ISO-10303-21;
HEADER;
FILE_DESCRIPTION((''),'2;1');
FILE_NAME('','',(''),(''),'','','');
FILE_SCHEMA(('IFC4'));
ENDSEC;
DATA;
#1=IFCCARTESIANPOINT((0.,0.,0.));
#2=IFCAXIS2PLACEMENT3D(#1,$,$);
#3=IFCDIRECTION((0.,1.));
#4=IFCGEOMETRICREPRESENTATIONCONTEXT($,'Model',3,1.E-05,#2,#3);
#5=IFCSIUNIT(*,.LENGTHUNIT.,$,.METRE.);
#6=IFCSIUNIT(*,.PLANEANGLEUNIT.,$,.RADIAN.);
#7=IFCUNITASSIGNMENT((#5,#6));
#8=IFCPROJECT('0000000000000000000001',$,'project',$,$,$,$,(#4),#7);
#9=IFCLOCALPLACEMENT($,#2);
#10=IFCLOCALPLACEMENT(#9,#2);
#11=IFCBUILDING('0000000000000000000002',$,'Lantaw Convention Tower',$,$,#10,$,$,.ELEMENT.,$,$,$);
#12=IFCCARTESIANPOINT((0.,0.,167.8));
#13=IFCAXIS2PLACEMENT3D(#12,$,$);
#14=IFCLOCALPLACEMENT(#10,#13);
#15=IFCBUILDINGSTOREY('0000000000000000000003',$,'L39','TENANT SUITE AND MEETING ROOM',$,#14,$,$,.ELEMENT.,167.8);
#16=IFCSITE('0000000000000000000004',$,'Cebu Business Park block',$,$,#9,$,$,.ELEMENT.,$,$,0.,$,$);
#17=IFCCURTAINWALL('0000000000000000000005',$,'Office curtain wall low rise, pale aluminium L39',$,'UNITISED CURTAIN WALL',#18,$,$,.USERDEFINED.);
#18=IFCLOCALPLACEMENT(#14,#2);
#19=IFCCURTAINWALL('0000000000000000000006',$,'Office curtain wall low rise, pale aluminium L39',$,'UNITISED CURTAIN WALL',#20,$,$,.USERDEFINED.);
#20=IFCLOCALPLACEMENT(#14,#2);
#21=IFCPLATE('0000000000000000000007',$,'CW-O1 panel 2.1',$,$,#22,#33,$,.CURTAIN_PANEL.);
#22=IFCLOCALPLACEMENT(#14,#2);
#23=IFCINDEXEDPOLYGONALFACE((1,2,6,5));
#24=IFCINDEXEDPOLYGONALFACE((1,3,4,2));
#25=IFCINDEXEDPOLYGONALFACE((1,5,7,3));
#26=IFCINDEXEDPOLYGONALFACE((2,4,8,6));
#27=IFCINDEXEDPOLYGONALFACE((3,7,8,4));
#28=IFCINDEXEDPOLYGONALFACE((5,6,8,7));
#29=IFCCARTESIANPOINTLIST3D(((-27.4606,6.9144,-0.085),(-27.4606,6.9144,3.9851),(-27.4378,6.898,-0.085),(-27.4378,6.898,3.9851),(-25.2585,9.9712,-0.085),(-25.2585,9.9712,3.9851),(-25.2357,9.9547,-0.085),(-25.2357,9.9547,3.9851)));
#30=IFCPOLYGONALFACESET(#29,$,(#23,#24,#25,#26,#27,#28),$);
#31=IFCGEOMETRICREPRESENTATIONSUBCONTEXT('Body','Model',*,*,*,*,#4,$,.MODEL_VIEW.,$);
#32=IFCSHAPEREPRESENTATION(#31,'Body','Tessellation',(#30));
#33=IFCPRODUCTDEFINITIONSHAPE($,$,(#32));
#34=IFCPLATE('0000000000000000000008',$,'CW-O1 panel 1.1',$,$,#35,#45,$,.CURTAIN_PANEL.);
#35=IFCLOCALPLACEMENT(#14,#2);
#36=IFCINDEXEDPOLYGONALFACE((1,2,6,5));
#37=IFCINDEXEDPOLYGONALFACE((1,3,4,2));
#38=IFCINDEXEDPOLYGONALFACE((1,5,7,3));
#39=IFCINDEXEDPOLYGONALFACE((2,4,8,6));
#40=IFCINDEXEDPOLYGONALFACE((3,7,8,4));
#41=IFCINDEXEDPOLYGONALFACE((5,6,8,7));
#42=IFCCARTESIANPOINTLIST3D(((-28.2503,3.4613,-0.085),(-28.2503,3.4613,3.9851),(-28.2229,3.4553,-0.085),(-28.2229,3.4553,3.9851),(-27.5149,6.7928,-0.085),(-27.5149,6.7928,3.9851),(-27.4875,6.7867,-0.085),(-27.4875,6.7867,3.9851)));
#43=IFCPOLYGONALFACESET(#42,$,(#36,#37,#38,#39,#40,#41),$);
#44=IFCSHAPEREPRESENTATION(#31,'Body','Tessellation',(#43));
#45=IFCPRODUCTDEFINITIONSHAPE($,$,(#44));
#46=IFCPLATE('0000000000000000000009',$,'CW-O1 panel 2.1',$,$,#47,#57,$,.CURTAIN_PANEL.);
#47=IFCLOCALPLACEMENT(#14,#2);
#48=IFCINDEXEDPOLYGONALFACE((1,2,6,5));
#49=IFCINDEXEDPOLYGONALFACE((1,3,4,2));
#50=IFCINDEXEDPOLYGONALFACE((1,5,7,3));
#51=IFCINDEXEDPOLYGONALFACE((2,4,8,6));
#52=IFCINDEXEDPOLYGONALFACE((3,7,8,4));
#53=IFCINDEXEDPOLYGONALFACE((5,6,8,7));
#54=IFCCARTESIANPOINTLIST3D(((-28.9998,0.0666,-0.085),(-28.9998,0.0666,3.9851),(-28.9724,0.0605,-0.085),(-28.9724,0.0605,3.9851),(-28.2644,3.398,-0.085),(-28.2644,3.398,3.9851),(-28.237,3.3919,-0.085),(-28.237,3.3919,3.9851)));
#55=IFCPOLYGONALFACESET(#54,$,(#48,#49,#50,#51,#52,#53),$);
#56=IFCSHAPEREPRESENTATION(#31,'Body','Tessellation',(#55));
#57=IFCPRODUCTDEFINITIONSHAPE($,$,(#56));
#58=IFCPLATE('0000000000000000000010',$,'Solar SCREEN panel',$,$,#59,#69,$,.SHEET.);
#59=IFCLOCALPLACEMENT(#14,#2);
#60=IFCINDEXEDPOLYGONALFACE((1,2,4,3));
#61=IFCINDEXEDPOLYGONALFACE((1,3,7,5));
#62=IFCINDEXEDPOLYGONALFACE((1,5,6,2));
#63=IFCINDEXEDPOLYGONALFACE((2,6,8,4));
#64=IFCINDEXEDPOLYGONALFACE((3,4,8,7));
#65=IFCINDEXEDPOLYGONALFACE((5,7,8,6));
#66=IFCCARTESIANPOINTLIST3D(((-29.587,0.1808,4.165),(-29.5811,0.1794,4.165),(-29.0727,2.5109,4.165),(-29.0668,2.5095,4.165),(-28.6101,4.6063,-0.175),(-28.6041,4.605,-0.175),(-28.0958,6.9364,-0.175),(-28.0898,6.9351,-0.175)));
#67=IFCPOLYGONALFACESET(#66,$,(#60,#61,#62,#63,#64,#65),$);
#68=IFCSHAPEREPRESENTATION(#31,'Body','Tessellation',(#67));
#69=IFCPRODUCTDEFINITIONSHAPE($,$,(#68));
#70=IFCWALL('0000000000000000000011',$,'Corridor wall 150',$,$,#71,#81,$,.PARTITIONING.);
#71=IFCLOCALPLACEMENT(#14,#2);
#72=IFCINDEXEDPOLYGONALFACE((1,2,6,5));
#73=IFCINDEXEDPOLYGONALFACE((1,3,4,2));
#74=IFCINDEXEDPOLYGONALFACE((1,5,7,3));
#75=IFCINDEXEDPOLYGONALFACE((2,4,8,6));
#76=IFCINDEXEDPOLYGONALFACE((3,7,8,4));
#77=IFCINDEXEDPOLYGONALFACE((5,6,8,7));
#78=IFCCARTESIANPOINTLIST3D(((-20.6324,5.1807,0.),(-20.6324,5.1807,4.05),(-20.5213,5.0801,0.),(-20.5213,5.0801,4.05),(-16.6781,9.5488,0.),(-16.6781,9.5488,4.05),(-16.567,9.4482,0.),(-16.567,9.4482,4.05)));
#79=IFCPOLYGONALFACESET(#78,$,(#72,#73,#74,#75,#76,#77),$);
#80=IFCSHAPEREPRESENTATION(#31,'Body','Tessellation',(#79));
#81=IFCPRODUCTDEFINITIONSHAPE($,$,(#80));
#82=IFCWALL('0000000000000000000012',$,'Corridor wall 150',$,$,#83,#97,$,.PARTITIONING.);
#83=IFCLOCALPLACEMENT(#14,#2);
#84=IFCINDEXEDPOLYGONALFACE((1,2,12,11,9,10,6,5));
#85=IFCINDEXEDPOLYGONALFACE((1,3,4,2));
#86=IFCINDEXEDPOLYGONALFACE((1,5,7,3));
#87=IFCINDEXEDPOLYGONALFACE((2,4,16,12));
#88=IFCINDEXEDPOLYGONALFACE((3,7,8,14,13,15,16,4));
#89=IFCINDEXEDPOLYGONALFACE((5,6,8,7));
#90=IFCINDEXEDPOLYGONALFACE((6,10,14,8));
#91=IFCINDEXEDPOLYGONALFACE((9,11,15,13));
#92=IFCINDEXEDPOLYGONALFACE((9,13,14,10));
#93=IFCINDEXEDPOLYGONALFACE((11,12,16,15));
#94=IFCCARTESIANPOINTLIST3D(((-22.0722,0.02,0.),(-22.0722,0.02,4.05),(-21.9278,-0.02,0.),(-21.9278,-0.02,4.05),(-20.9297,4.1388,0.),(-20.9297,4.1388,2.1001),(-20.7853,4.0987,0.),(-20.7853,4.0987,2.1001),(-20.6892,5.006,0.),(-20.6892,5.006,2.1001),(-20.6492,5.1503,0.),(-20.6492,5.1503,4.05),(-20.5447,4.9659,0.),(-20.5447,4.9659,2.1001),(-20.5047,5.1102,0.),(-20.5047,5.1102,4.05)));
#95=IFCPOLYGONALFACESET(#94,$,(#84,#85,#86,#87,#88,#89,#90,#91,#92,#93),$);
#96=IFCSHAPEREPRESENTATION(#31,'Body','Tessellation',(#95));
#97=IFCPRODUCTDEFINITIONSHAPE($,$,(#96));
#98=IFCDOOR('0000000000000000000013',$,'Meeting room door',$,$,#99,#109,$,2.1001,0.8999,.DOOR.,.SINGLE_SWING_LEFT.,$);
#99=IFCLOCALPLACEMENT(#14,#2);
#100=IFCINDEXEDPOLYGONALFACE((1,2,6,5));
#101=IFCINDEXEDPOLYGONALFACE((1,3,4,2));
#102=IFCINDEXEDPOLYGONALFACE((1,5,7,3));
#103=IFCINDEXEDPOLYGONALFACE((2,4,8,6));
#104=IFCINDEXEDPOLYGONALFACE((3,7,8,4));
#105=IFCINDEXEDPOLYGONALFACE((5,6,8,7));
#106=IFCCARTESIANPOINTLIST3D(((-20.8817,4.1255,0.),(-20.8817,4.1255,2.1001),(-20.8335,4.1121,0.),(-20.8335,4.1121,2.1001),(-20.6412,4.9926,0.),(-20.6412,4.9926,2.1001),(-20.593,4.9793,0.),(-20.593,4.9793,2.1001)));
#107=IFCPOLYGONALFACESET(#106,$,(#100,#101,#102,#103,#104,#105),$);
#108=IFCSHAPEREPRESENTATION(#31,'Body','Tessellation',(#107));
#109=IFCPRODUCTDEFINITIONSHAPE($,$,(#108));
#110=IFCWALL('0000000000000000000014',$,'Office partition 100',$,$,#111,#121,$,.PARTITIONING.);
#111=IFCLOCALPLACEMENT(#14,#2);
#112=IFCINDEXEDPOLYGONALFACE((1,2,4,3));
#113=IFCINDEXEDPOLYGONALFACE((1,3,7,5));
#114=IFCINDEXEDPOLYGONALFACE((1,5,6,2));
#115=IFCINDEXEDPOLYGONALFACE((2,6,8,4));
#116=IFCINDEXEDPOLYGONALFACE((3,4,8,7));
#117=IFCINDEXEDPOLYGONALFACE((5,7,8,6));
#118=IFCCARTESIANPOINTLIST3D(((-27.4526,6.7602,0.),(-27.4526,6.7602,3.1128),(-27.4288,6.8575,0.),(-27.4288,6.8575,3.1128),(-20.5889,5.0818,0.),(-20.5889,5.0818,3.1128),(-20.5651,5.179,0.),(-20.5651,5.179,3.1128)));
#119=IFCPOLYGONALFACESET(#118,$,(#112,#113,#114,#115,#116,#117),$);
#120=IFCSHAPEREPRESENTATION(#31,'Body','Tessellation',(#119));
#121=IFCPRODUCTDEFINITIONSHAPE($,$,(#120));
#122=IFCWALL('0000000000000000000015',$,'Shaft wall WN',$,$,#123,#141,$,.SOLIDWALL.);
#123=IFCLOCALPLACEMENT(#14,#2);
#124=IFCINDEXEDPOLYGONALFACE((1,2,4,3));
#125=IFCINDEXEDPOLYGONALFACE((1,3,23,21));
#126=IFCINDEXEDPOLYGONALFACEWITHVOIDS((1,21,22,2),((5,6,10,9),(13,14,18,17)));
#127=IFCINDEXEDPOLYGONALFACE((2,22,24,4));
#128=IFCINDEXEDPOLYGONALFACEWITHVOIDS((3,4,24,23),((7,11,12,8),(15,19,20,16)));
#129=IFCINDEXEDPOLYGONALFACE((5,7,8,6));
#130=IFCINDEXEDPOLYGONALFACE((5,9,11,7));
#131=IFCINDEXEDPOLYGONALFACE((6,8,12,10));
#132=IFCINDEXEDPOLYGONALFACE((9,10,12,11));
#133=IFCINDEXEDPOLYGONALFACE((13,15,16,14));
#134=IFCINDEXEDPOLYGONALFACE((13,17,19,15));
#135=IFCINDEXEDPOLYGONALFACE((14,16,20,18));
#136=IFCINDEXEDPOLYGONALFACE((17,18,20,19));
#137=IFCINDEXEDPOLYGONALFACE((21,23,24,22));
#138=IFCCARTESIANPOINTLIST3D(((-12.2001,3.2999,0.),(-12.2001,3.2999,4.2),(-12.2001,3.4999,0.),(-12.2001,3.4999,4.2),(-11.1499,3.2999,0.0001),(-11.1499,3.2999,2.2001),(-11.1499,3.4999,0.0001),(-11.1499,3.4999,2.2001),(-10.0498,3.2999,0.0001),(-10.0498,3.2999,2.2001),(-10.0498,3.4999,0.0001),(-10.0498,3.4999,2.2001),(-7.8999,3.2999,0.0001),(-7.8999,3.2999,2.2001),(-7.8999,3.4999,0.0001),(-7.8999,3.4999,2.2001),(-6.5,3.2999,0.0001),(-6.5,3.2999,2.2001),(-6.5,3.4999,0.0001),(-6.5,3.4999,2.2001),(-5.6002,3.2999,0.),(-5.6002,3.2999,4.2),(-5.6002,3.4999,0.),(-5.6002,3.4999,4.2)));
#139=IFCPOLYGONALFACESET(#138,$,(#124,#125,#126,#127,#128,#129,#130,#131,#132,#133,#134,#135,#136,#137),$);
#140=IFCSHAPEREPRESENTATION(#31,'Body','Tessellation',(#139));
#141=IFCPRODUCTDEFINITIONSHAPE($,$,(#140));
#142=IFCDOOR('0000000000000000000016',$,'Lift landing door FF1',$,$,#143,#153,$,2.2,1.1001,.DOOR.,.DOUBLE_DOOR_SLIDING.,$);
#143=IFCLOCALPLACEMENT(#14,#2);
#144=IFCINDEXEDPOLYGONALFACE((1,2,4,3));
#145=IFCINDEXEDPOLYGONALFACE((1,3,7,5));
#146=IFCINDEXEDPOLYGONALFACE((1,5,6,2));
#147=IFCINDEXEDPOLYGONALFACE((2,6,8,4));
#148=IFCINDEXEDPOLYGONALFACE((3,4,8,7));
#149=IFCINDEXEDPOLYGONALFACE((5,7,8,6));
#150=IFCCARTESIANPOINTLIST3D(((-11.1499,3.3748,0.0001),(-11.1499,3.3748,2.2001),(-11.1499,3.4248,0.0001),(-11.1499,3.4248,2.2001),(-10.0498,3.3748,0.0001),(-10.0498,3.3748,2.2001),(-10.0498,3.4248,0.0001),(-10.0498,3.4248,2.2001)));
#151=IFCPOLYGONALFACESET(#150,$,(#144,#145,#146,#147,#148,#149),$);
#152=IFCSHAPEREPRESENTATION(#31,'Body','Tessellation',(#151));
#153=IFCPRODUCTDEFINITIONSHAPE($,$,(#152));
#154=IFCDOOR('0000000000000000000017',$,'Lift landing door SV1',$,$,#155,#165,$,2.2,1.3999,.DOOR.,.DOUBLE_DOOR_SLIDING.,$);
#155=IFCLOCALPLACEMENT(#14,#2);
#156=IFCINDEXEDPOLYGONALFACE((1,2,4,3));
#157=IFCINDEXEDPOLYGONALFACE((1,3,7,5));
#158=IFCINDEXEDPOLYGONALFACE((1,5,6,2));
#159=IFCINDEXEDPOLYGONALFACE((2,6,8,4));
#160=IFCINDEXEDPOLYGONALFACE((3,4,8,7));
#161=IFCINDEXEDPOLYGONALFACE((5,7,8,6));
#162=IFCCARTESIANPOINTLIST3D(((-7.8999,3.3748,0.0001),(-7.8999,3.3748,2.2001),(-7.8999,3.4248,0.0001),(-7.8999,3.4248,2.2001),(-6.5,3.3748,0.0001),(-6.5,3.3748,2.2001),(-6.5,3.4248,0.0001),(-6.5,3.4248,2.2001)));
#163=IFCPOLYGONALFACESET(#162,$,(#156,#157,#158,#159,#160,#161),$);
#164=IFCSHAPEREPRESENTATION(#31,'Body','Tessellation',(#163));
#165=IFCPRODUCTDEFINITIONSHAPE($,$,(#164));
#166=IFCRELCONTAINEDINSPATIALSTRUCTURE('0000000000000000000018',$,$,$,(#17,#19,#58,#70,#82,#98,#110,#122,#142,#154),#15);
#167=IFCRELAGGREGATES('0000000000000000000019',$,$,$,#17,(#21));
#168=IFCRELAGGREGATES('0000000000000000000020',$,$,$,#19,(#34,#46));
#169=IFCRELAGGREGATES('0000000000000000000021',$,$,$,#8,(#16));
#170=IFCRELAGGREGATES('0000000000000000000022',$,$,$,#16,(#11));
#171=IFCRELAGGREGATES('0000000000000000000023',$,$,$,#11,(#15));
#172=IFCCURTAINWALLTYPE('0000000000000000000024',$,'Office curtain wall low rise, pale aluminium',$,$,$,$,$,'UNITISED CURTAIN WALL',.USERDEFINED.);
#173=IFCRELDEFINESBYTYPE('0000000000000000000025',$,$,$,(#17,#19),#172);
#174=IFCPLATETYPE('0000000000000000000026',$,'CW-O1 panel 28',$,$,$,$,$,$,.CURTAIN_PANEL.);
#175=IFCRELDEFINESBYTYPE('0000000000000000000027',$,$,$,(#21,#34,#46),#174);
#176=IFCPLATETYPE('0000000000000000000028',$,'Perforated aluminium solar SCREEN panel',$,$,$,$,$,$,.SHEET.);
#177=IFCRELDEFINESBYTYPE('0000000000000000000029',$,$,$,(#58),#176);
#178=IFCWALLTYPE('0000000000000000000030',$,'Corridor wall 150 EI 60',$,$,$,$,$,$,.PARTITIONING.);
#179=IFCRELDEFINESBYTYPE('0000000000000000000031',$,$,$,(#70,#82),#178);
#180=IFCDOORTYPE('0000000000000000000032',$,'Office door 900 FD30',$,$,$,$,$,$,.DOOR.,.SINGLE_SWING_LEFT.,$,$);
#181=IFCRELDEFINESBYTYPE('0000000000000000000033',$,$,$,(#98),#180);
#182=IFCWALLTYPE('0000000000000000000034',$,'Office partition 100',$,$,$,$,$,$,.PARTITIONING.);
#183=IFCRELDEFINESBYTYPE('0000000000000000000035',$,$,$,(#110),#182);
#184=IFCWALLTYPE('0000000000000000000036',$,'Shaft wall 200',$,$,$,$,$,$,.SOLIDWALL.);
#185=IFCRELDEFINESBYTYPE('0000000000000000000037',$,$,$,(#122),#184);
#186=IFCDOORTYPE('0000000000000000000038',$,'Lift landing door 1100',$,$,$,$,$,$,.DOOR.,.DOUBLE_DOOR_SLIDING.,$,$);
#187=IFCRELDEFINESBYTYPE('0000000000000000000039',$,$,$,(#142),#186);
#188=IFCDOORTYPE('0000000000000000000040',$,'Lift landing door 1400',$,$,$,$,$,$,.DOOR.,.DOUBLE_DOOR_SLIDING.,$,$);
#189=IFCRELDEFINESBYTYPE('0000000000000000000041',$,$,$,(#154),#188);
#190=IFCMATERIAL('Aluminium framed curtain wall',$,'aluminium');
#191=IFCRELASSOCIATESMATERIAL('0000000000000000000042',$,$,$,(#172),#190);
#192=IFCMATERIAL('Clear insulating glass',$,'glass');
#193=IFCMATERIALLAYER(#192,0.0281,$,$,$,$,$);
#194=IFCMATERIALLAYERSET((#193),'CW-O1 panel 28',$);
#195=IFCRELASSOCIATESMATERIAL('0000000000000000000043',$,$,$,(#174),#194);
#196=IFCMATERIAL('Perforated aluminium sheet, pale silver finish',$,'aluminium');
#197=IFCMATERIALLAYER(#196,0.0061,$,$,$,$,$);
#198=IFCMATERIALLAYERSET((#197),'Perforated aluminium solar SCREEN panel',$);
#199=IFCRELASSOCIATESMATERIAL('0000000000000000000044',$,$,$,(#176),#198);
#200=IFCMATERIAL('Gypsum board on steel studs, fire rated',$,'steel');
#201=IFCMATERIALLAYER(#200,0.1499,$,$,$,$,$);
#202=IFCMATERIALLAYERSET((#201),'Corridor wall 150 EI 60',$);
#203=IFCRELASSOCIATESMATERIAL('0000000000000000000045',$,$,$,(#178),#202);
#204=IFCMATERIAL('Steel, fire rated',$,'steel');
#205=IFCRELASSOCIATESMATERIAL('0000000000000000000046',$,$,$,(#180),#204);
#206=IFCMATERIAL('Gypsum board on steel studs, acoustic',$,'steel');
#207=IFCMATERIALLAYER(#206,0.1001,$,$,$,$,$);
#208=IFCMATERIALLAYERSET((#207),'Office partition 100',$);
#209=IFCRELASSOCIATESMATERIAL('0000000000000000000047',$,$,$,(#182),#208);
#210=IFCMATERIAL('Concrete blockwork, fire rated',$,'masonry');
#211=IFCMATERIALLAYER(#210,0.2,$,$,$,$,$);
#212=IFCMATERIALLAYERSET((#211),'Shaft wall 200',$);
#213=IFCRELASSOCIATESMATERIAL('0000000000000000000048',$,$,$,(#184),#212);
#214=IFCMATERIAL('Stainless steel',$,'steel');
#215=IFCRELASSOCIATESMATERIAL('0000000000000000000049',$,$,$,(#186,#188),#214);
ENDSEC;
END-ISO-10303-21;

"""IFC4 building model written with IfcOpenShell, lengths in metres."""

from ifc_helpers import new_model, si_unit, direction, frame, frame_2d, origin, origin_2d, place, context, subcontext, project, spatial, polyline, rectangle, outline, extrude, material, layer, layer_set, type_object, element, fill, aggregate, save


model = new_model("IFC4")

# Units and contexts
model_context = context("Model", 3, precision=1e-05, world=origin(), true_north=direction((0.0, 1.0)))
body_context = subcontext(model_context, "Body", "Model", "MODEL_VIEW")
ifc_project = project(units=[si_unit("LENGTHUNIT", "METRE"), si_unit("PLANEANGLEUNIT", "RADIAN")], contexts=[model_context])

# Site, building, storey
site_placement = place(None, origin())
site = spatial("IfcSite", under=ifc_project, at=site_placement, Name="Cebu Business Park block", CompositionType="ELEMENT", RefElevation=0.0)
building_placement = place(site_placement, origin())
building = spatial("IfcBuilding", under=site, at=building_placement, Name="Lantaw Convention Tower", CompositionType="ELEMENT")
storey_placement = place(building_placement, frame((0.0, 0.0, 167.8)))
storey = spatial("IfcBuildingStorey", under=building, at=storey_placement, Name="L39", Description="TENANT SUITE AND MEETING ROOM", CompositionType="ELEMENT", Elevation=167.8)

# Curtain wall
ifc_material_1 = material(Name="Aluminium framed curtain wall", Category="aluminium")
curtain_wall_type = type_object("IfcCurtainWallType", Name="Office curtain wall low rise, pale aluminium", ElementType="UNITISED CURTAIN WALL", PredefinedType="USERDEFINED", material=ifc_material_1)
curtain_wall_1_placement = place(storey_placement, origin())
curtain_wall_1 = element("IfcCurtainWall", 1, at=curtain_wall_1_placement, inside=storey, type_object=curtain_wall_type, Name="Office curtain wall low rise, pale aluminium L39", ObjectType="UNITISED CURTAIN WALL", PredefinedType="USERDEFINED")

# Curtain wall
curtain_wall_2_placement = place(storey_placement, origin())
curtain_wall_2 = element("IfcCurtainWall", 2, at=curtain_wall_2_placement, inside=storey, type_object=curtain_wall_type, Name="Office curtain wall low rise, pale aluminium L39", ObjectType="UNITISED CURTAIN WALL", PredefinedType="USERDEFINED")

# Plates
ifc_material_2 = material(Name="Clear insulating glass", Category="glass")
ifc_layer_1 = layer(ifc_material_2, 0.0281)
ifc_layer_set_1 = layer_set([ifc_layer_1], Name="CW-O1 panel 28")
plate_type_1 = type_object("IfcPlateType", Name="CW-O1 panel 28", PredefinedType="CURTAIN_PANEL", material=ifc_layer_set_1)
plate_1_placement = place(storey_placement, frame((-26.3481, 8.4346, -0.085), z_axis=(0.0, 0.0, 1.0), x_axis=(-0.584513, -0.811385, 0.0)))
plate_1 = element("IfcPlate", 3, at=plate_1_placement, type_object=plate_type_1, Name="CW-O1 panel 2.1", PredefinedType="CURTAIN_PANEL", context=body_context, shape_type="SweptSolid", body=[
    extrude(rectangle(XDim=3.7673, YDim=0.0281, at=origin_2d()), origin(), (0.0, 0.0, 1.0), 4.0701),
])
aggregate(curtain_wall_1, [plate_1])
plate_2_placement = place(storey_placement, frame((-27.8689, 5.124, -0.085), z_axis=(0.0, 0.0, 1.0), x_axis=(-0.215546, -0.976494, 0.0)))
plate_2 = element("IfcPlate", 4, at=plate_2_placement, type_object=plate_type_1, Name="CW-O1 panel 1.1", PredefinedType="CURTAIN_PANEL", context=body_context, shape_type="SweptSolid", body=[
    extrude(rectangle(XDim=3.4116, YDim=0.0281, at=origin_2d()), origin(), (0.0, 0.0, 1.0), 4.0701),
])
plate_3_placement = place(storey_placement, frame((-28.6184, 1.7292, -0.085), z_axis=(0.0, 0.0, 1.0), x_axis=(-0.215546, -0.976494, 0.0)))
plate_3 = element("IfcPlate", 5, at=plate_3_placement, type_object=plate_type_1, Name="CW-O1 panel 2.1", PredefinedType="CURTAIN_PANEL", context=body_context, shape_type="SweptSolid", body=[
    extrude(rectangle(XDim=3.4116, YDim=0.0281, at=origin_2d()), origin(), (0.0, 0.0, 1.0), 4.0701),
])
aggregate(curtain_wall_2, [plate_2, plate_3])
ifc_material_3 = material(Name="Perforated aluminium sheet, pale silver finish", Category="aluminium")
ifc_layer_2 = layer(ifc_material_3, 0.0061)
ifc_layer_set_2 = layer_set([ifc_layer_2], Name="Perforated aluminium solar SCREEN panel")
plate_type_2 = type_object("IfcPlateType", Name="Perforated aluminium solar SCREEN panel", PredefinedType="SHEET", material=ifc_layer_set_2)
plate_4_placement = place(storey_placement, frame((-28.0898, 6.9351, -0.175), z_axis=(0.976498, -0.215527, 0.000033), x_axis=(-0.215527, -0.976498, 0.0)))
element("IfcPlate", 6, at=plate_4_placement, inside=storey, type_object=plate_type_2, Name="Solar SCREEN panel", PredefinedType="SHEET", context=body_context, shape_type="SweptSolid", body=[
    extrude(outline(polyline([(0.0, 0.0), (2.3861, 0.0), (6.9182, -4.3401), (4.5321, -4.3401), (0.0, 0.0)])), origin(), (0.0, 0.0, -1.0), 0.0061),
])

# Wall
ifc_material_4 = material(Name="Gypsum board on steel studs, fire rated", Category="steel")
ifc_layer_3 = layer(ifc_material_4, 0.1499)
ifc_layer_set_3 = layer_set([ifc_layer_3], Name="Corridor wall 150 EI 60")
wall_type_1 = type_object("IfcWallType", Name="Corridor wall 150 EI 60", PredefinedType="PARTITIONING", material=ifc_layer_set_3)
wall_1_placement = place(storey_placement, frame((-16.6226, 9.4985, 0.0), z_axis=(0.0, 0.0, 1.0), x_axis=(-0.671118, -0.74135, 0.0)))
element("IfcWall", 7, at=wall_1_placement, inside=storey, type_object=wall_type_1, Name="Corridor wall 150", PredefinedType="PARTITIONING", context=body_context, shape_type="SweptSolid", body=[
    extrude(rectangle(XDim=5.8921, YDim=0.1499, at=frame_2d((2.946, 0.0))), origin(), (0.0, 0.0, 1.0), 4.05),
])

# Wall, opening, door
wall_2_placement = place(storey_placement, frame((-20.5769, 5.1304, 0.0), z_axis=(0.0, 0.0, 1.0), x_axis=(-0.267294, -0.963615, 0.0)))
wall_2 = element("IfcWall", 8, at=wall_2_placement, inside=storey, type_object=wall_type_1, Name="Corridor wall 150", PredefinedType="PARTITIONING", context=body_context, shape_type="SweptSolid", body=[
    extrude(rectangle(XDim=5.324, YDim=0.1499, at=frame_2d((2.6621, 0.0))), origin(), (0.0, 0.0, 1.0), 4.05),
])
opening_1_placement = place(wall_2_placement, frame((0.1499, 0.0, 0.0)))
opening_1 = element("IfcOpeningElement", 9, at=opening_1_placement, cuts=wall_2, PredefinedType="OPENING", context=body_context, shape_type="SweptSolid", body=[
    extrude(rectangle(XDim=0.8999, YDim=2.1001, at=frame_2d((0.45, 1.05))), frame((0.0, 0.085, 0.0), z_axis=(0.0, -1.0, 0.0), x_axis=(1.0, 0.0, 0.0)), (0.0, 0.0, 1.0), 0.1699),
])
ifc_material_5 = material(Name="Steel, fire rated", Category="steel")
door_type_1 = type_object("IfcDoorType", Name="Office door 900 FD30", OperationType="SINGLE_SWING_LEFT", PredefinedType="DOOR", material=ifc_material_5)
door_1_placement = place(opening_1_placement, origin())
door_1 = element("IfcDoor", 10, at=door_1_placement, inside=storey, type_object=door_type_1, Name="Meeting room door", OperationType="SINGLE_SWING_LEFT", OverallHeight=2.1001, OverallWidth=0.8999, PredefinedType="DOOR", context=body_context, shape_type="SweptSolid", body=[
    extrude(rectangle(XDim=0.8999, YDim=2.1001, at=frame_2d((0.45, 1.05))), frame((0.0, 0.0249, 0.0), z_axis=(0.0, -1.0, 0.0), x_axis=(1.0, 0.0, 0.0)), (0.0, 0.0, 1.0), 0.05),
])
fill(opening_1, door_1)

# Wall
ifc_material_6 = material(Name="Gypsum board on steel studs, acoustic", Category="steel")
ifc_layer_4 = layer(ifc_material_6, 0.1001)
ifc_layer_set_4 = layer_set([ifc_layer_4], Name="Office partition 100")
wall_type_2 = type_object("IfcWallType", Name="Office partition 100", PredefinedType="PARTITIONING", material=ifc_layer_set_4)
wall_3_placement = place(storey_placement, frame((-27.4407, 6.8088, 0.0), z_axis=(0.0, 0.0, 1.0), x_axis=(0.971378, -0.237541, 0.0)))
element("IfcWall", 11, at=wall_3_placement, inside=storey, type_object=wall_type_2, Name="Office partition 100", PredefinedType="PARTITIONING", context=body_context, shape_type="SweptSolid", body=[
    extrude(rectangle(XDim=7.0659, YDim=0.1001, at=frame_2d((3.533, 0.0))), origin(), (0.0, 0.0, 1.0), 3.1128),
])

# Wall, openings, doors
ifc_material_7 = material(Name="Concrete blockwork, fire rated", Category="masonry")
ifc_layer_5 = layer(ifc_material_7, 0.2)
ifc_layer_set_5 = layer_set([ifc_layer_5], Name="Shaft wall 200")
wall_type_3 = type_object("IfcWallType", Name="Shaft wall 200", PredefinedType="SOLIDWALL", material=ifc_layer_set_5)
wall_4_placement = place(storey_placement, frame((-12.2, 3.3999, 0.0), z_axis=(0.0, 0.0, 1.0), x_axis=(1.0, 0.0, 0.0)))
wall_4 = element("IfcWall", 12, at=wall_4_placement, inside=storey, type_object=wall_type_3, Name="Shaft wall WN", PredefinedType="SOLIDWALL", context=body_context, shape_type="SweptSolid", body=[
    extrude(rectangle(XDim=6.5999, YDim=0.2, at=frame_2d((3.2998, 0.0))), origin(), (0.0, 0.0, 1.0), 4.2),
])
opening_2_placement = place(wall_4_placement, frame((1.05, 0.0, 0.0)))
opening_2 = element("IfcOpeningElement", 13, at=opening_2_placement, cuts=wall_4, PredefinedType="OPENING", context=body_context, shape_type="SweptSolid", body=[
    extrude(rectangle(XDim=1.1001, YDim=2.2, at=frame_2d((0.55, 1.1001))), frame((0.0, 0.1099, 0.0), z_axis=(0.0, -1.0, 0.0), x_axis=(1.0, 0.0, 0.0)), (0.0, 0.0, 1.0), 0.22),
])
opening_3_placement = place(wall_4_placement, frame((4.3, 0.0, 0.0)))
opening_3 = element("IfcOpeningElement", 14, at=opening_3_placement, cuts=wall_4, PredefinedType="OPENING", context=body_context, shape_type="SweptSolid", body=[
    extrude(rectangle(XDim=1.3999, YDim=2.2, at=frame_2d((0.7, 1.1001))), frame((0.0, 0.1099, 0.0), z_axis=(0.0, -1.0, 0.0), x_axis=(1.0, 0.0, 0.0)), (0.0, 0.0, 1.0), 0.22),
])
ifc_material_8 = material(Name="Stainless steel", Category="steel")
door_type_2 = type_object("IfcDoorType", Name="Lift landing door 1100", OperationType="DOUBLE_DOOR_SLIDING", PredefinedType="DOOR", material=ifc_material_8)
door_2_placement = place(opening_2_placement, origin())
door_2 = element("IfcDoor", 15, at=door_2_placement, inside=storey, type_object=door_type_2, Name="Lift landing door FF1", OperationType="DOUBLE_DOOR_SLIDING", OverallHeight=2.2, OverallWidth=1.1001, PredefinedType="DOOR", context=body_context, shape_type="SweptSolid", body=[
    extrude(rectangle(XDim=1.1001, YDim=2.2, at=frame_2d((0.55, 1.1001))), frame((0.0, 0.0249, 0.0), z_axis=(0.0, -1.0, 0.0), x_axis=(1.0, 0.0, 0.0)), (0.0, 0.0, 1.0), 0.05),
])
fill(opening_2, door_2)
door_type_3 = type_object("IfcDoorType", Name="Lift landing door 1400", OperationType="DOUBLE_DOOR_SLIDING", PredefinedType="DOOR", material=ifc_material_8)
door_3_placement = place(opening_3_placement, origin())
door_3 = element("IfcDoor", 16, at=door_3_placement, inside=storey, type_object=door_type_3, Name="Lift landing door SV1", OperationType="DOUBLE_DOOR_SLIDING", OverallHeight=2.2, OverallWidth=1.3999, PredefinedType="DOOR", context=body_context, shape_type="SweptSolid", body=[
    extrude(rectangle(XDim=1.3999, YDim=2.2, at=frame_2d((0.7, 1.1001))), frame((0.0, 0.0249, 0.0), z_axis=(0.0, -1.0, 0.0), x_axis=(1.0, 0.0, 0.0)), (0.0, 0.0, 1.0), 0.05),
])
fill(opening_3, door_3)

save(model, "model.ifc")
